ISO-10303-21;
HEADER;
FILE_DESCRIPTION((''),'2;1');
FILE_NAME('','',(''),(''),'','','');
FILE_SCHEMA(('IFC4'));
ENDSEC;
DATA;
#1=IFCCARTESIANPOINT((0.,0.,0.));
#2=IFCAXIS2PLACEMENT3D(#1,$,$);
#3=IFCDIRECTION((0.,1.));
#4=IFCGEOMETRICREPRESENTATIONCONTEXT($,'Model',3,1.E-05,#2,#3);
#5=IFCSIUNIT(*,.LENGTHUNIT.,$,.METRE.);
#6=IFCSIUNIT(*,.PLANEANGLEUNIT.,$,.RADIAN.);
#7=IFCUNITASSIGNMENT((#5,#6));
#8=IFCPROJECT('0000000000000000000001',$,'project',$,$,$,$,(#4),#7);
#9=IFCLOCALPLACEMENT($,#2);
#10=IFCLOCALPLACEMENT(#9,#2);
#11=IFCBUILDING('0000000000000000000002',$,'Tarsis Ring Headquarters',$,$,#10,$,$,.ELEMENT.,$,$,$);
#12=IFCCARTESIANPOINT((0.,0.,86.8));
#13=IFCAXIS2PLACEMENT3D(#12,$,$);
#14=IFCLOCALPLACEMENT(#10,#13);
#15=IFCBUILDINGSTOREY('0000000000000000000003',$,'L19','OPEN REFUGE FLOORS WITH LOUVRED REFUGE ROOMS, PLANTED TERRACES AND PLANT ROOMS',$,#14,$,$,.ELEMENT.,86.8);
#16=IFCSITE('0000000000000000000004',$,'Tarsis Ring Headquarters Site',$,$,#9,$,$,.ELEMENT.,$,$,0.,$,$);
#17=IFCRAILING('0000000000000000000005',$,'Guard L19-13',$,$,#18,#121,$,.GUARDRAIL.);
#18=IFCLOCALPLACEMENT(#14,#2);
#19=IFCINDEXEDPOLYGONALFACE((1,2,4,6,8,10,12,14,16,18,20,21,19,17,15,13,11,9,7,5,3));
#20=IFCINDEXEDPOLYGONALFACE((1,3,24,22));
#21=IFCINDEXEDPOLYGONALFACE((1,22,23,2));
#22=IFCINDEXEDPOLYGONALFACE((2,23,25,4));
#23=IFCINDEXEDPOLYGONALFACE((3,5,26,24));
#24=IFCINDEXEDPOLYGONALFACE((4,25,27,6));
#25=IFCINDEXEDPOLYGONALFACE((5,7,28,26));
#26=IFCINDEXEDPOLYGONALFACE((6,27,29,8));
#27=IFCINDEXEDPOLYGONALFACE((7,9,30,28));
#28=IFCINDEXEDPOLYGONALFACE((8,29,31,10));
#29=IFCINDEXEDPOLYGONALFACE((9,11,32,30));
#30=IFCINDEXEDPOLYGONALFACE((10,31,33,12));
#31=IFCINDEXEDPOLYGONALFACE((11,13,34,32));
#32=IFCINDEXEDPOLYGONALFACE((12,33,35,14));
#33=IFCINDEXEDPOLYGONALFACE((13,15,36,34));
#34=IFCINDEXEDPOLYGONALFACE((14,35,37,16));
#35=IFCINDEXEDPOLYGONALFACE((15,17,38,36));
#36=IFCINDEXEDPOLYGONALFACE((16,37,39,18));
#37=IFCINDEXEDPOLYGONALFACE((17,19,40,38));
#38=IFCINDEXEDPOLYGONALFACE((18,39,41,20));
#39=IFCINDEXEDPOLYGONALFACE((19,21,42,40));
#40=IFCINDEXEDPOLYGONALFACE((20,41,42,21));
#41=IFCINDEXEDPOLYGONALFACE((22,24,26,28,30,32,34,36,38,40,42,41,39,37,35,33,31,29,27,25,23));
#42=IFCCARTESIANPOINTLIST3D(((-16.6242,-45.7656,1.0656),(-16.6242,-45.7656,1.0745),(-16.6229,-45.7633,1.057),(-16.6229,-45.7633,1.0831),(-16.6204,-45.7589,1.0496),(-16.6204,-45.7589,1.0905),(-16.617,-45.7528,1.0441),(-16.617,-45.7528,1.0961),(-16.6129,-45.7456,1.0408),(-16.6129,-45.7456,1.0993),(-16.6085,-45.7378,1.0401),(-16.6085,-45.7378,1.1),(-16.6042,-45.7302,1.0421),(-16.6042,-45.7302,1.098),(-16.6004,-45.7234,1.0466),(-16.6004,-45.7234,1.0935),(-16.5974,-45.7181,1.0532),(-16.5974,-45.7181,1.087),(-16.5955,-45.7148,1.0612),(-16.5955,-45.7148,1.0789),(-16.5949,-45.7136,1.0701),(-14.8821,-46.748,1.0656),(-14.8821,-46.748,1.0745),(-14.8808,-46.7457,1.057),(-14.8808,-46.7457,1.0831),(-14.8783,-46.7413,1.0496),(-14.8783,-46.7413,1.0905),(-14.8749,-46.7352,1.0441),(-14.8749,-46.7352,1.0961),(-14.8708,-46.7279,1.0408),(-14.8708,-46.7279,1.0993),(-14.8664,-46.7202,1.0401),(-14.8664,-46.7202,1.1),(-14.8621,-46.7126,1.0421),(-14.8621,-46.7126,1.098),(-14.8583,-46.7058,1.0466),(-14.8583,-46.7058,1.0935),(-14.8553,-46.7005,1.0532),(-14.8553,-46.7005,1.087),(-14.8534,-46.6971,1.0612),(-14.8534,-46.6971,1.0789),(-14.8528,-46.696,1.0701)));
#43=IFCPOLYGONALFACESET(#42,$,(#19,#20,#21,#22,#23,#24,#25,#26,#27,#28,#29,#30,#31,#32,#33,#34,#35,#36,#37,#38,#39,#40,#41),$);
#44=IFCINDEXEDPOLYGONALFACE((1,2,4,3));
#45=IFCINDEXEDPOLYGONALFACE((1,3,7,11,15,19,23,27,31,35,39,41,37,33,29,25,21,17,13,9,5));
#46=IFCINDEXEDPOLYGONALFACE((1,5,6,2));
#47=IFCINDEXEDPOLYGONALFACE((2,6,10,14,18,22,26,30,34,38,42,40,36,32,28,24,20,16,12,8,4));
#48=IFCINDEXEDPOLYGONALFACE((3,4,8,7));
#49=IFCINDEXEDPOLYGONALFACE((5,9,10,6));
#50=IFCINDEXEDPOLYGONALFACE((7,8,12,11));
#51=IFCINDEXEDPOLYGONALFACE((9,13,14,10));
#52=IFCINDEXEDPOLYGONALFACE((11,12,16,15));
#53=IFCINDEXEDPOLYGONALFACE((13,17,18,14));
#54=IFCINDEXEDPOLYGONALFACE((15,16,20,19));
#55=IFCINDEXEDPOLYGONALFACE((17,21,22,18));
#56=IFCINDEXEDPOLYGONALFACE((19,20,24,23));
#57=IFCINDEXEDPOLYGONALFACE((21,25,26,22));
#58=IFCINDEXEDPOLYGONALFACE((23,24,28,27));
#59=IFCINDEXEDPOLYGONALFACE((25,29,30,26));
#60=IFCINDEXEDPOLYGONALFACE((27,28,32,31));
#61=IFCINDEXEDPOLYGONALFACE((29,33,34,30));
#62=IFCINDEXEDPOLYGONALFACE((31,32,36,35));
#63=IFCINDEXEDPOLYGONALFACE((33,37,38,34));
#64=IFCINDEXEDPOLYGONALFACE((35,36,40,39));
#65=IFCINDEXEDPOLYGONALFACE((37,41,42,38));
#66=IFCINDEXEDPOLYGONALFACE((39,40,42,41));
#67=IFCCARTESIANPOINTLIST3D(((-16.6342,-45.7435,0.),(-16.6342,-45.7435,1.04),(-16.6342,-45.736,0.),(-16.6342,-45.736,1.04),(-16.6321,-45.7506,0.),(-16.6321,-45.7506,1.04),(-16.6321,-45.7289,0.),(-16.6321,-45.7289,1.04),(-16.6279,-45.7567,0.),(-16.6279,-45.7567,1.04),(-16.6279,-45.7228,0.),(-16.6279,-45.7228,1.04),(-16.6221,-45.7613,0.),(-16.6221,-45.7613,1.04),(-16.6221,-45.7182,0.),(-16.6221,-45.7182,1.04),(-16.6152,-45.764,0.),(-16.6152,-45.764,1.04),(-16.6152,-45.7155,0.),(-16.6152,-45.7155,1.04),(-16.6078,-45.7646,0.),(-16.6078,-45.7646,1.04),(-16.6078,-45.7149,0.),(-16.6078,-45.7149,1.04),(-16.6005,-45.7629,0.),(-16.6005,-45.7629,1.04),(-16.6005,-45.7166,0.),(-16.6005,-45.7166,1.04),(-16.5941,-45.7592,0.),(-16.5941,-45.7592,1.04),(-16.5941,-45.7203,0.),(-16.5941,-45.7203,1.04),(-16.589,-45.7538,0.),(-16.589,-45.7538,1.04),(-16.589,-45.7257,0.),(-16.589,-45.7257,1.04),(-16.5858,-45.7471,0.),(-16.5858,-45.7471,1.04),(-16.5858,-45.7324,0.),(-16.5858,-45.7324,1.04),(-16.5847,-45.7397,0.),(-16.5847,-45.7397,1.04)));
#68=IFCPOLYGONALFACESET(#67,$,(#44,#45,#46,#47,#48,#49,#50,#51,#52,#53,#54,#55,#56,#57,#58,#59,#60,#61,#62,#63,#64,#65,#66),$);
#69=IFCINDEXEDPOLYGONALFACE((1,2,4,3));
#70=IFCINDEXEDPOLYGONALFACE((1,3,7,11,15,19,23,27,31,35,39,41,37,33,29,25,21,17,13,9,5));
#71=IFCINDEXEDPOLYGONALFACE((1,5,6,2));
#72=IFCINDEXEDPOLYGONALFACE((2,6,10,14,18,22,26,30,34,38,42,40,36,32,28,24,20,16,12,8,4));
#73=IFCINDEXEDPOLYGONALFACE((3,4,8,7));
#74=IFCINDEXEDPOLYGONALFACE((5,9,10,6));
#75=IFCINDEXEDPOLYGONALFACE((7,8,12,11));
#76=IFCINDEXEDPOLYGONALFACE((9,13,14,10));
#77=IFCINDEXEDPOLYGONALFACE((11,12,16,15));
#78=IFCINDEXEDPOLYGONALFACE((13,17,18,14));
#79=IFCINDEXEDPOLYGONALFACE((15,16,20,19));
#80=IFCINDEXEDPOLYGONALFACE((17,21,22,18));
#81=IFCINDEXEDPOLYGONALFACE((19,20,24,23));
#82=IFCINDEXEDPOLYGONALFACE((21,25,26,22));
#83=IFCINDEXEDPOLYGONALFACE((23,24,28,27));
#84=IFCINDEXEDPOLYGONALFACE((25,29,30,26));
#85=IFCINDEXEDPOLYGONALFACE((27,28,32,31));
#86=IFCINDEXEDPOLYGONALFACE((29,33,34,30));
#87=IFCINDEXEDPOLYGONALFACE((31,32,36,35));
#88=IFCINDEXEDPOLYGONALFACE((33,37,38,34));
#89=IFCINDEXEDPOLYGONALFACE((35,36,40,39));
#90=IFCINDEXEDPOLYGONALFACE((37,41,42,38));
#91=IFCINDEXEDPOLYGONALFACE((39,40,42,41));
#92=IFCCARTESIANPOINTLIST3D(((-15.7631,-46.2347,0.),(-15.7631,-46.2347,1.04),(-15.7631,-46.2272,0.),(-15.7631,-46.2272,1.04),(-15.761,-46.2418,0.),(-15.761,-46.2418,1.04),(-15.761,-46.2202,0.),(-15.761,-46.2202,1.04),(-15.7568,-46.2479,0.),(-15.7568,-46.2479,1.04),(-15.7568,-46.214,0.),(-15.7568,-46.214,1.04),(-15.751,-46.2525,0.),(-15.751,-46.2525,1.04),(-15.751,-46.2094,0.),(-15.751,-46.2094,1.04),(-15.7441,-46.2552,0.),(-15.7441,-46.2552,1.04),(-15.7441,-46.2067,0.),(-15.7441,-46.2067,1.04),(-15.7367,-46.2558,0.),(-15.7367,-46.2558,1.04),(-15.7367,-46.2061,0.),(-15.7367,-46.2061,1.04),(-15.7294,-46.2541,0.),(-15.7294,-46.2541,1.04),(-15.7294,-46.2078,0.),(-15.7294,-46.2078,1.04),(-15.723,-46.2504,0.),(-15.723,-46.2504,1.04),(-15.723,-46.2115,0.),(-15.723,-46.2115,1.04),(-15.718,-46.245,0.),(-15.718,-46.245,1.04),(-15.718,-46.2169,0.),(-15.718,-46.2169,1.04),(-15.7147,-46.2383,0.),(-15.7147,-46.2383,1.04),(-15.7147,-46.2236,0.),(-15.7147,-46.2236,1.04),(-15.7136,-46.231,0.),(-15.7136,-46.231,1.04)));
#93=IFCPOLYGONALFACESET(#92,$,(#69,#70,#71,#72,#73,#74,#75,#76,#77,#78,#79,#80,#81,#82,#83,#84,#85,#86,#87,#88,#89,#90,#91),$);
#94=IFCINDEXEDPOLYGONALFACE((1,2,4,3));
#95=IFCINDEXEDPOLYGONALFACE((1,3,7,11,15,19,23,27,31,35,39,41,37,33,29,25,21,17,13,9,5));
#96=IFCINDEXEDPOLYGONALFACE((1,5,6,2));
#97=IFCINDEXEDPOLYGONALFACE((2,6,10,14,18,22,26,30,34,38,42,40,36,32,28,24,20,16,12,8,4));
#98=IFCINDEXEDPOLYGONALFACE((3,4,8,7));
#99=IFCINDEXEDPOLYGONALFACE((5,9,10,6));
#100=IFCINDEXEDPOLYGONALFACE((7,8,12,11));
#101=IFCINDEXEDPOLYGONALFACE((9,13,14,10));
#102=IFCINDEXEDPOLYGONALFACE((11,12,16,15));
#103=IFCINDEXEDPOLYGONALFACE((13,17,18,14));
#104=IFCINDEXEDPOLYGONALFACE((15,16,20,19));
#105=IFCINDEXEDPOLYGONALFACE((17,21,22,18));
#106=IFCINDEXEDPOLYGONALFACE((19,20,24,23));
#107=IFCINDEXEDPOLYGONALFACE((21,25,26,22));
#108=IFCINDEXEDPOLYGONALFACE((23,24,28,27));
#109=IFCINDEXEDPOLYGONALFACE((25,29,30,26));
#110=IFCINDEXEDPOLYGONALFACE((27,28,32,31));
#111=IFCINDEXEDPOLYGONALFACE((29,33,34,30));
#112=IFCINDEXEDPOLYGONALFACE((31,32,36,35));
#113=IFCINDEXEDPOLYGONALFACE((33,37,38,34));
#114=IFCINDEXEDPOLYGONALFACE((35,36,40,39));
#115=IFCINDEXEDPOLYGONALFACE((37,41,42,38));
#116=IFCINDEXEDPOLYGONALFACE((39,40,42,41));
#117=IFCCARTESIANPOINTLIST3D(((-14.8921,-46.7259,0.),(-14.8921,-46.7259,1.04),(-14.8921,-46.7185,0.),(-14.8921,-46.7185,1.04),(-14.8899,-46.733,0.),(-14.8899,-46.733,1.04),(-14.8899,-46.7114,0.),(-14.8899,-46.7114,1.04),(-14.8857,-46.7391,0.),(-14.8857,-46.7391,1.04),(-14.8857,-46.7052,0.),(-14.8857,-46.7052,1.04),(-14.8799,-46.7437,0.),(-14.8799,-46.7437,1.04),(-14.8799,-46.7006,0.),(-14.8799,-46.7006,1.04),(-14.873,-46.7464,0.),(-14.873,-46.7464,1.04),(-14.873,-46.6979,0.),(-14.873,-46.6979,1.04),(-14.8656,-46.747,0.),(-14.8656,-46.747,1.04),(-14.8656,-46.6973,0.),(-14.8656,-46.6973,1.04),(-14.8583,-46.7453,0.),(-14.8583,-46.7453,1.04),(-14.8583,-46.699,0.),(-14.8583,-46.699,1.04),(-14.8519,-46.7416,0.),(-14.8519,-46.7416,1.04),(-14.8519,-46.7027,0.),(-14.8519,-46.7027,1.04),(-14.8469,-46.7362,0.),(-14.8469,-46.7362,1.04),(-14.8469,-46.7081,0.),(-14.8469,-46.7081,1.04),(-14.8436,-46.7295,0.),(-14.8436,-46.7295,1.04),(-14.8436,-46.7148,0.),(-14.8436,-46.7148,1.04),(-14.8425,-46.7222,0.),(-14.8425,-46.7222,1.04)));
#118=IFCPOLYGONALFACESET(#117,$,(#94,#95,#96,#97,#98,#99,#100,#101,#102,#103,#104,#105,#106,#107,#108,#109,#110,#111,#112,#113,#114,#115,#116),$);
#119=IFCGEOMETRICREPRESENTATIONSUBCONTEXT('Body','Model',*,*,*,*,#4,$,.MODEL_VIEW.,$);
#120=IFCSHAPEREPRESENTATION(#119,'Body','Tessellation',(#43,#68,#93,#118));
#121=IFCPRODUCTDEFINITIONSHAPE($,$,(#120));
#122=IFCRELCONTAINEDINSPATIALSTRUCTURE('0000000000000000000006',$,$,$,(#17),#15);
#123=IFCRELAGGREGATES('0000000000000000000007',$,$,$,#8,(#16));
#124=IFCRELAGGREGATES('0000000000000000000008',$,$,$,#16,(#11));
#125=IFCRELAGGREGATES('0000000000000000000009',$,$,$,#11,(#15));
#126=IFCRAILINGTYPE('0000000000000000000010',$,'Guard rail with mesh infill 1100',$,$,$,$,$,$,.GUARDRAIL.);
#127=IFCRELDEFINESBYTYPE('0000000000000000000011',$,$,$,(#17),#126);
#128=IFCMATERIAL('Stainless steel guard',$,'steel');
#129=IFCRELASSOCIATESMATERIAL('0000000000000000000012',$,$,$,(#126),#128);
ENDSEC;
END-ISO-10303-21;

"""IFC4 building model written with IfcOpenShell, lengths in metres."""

from ifc_helpers import new_model, si_unit, direction, frame, origin, origin_2d, place, context, subcontext, project, spatial, circle, extrude, material, type_object, element, save


model = new_model("IFC4")

# Units and contexts
model_context = context("Model", 3, precision=1e-05, world=origin(), true_north=direction((0.0, 1.0)))
body_context = subcontext(model_context, "Body", "Model", "MODEL_VIEW")
ifc_project = project(units=[si_unit("LENGTHUNIT", "METRE"), si_unit("PLANEANGLEUNIT", "RADIAN")], contexts=[model_context])

# Site, building, storey
site_placement = place(None, origin())
site = spatial("IfcSite", under=ifc_project, at=site_placement, Name="Tarsis Ring Headquarters Site", CompositionType="ELEMENT", RefElevation=0.0)
building_placement = place(site_placement, origin())
building = spatial("IfcBuilding", under=site, at=building_placement, Name="Tarsis Ring Headquarters", CompositionType="ELEMENT")
storey_placement = place(building_placement, frame((0.0, 0.0, 86.8)))
storey = spatial("IfcBuildingStorey", under=building, at=storey_placement, Name="L19", Description="OPEN REFUGE FLOORS WITH LOUVRED REFUGE ROOMS, PLANTED TERRACES AND PLANT ROOMS", CompositionType="ELEMENT", Elevation=86.8)

# Railing
ifc_material_1 = material(Name="Stainless steel guard", Category="steel")
railing_type_1 = type_object("IfcRailingType", Name="Guard rail with mesh infill 1100", PredefinedType="GUARDRAIL", material=ifc_material_1)
railing_1_placement = place(storey_placement, frame((-16.6096, -45.7397, 0.0)))
element("IfcRailing", 1, at=railing_1_placement, inside=storey, type_object=railing_type_1, Name="Guard L19-13", PredefinedType="GUARDRAIL", context=body_context, shape_type="SweptSolid", body=[
    extrude(circle(Radius=0.03, at=origin_2d()), frame((0.0, 0.0, 1.0701), z_axis=(0.871053, -0.491188, 0.0), x_axis=(0.491188, 0.871053, 0.0)), (0.0, 0.0, 1.0), 2.0),
    extrude(circle(Radius=0.0249, at=origin_2d()), origin(), (0.0, 0.0, 1.0), 1.04),
    extrude(circle(Radius=0.0249, at=origin_2d()), frame((0.8711, -0.4912, 0.0)), (0.0, 0.0, 1.0), 1.04),
    extrude(circle(Radius=0.0249, at=origin_2d()), frame((1.7422, -0.9824, 0.0)), (0.0, 0.0, 1.0), 1.04),
])

save(model, "model.ifc")
